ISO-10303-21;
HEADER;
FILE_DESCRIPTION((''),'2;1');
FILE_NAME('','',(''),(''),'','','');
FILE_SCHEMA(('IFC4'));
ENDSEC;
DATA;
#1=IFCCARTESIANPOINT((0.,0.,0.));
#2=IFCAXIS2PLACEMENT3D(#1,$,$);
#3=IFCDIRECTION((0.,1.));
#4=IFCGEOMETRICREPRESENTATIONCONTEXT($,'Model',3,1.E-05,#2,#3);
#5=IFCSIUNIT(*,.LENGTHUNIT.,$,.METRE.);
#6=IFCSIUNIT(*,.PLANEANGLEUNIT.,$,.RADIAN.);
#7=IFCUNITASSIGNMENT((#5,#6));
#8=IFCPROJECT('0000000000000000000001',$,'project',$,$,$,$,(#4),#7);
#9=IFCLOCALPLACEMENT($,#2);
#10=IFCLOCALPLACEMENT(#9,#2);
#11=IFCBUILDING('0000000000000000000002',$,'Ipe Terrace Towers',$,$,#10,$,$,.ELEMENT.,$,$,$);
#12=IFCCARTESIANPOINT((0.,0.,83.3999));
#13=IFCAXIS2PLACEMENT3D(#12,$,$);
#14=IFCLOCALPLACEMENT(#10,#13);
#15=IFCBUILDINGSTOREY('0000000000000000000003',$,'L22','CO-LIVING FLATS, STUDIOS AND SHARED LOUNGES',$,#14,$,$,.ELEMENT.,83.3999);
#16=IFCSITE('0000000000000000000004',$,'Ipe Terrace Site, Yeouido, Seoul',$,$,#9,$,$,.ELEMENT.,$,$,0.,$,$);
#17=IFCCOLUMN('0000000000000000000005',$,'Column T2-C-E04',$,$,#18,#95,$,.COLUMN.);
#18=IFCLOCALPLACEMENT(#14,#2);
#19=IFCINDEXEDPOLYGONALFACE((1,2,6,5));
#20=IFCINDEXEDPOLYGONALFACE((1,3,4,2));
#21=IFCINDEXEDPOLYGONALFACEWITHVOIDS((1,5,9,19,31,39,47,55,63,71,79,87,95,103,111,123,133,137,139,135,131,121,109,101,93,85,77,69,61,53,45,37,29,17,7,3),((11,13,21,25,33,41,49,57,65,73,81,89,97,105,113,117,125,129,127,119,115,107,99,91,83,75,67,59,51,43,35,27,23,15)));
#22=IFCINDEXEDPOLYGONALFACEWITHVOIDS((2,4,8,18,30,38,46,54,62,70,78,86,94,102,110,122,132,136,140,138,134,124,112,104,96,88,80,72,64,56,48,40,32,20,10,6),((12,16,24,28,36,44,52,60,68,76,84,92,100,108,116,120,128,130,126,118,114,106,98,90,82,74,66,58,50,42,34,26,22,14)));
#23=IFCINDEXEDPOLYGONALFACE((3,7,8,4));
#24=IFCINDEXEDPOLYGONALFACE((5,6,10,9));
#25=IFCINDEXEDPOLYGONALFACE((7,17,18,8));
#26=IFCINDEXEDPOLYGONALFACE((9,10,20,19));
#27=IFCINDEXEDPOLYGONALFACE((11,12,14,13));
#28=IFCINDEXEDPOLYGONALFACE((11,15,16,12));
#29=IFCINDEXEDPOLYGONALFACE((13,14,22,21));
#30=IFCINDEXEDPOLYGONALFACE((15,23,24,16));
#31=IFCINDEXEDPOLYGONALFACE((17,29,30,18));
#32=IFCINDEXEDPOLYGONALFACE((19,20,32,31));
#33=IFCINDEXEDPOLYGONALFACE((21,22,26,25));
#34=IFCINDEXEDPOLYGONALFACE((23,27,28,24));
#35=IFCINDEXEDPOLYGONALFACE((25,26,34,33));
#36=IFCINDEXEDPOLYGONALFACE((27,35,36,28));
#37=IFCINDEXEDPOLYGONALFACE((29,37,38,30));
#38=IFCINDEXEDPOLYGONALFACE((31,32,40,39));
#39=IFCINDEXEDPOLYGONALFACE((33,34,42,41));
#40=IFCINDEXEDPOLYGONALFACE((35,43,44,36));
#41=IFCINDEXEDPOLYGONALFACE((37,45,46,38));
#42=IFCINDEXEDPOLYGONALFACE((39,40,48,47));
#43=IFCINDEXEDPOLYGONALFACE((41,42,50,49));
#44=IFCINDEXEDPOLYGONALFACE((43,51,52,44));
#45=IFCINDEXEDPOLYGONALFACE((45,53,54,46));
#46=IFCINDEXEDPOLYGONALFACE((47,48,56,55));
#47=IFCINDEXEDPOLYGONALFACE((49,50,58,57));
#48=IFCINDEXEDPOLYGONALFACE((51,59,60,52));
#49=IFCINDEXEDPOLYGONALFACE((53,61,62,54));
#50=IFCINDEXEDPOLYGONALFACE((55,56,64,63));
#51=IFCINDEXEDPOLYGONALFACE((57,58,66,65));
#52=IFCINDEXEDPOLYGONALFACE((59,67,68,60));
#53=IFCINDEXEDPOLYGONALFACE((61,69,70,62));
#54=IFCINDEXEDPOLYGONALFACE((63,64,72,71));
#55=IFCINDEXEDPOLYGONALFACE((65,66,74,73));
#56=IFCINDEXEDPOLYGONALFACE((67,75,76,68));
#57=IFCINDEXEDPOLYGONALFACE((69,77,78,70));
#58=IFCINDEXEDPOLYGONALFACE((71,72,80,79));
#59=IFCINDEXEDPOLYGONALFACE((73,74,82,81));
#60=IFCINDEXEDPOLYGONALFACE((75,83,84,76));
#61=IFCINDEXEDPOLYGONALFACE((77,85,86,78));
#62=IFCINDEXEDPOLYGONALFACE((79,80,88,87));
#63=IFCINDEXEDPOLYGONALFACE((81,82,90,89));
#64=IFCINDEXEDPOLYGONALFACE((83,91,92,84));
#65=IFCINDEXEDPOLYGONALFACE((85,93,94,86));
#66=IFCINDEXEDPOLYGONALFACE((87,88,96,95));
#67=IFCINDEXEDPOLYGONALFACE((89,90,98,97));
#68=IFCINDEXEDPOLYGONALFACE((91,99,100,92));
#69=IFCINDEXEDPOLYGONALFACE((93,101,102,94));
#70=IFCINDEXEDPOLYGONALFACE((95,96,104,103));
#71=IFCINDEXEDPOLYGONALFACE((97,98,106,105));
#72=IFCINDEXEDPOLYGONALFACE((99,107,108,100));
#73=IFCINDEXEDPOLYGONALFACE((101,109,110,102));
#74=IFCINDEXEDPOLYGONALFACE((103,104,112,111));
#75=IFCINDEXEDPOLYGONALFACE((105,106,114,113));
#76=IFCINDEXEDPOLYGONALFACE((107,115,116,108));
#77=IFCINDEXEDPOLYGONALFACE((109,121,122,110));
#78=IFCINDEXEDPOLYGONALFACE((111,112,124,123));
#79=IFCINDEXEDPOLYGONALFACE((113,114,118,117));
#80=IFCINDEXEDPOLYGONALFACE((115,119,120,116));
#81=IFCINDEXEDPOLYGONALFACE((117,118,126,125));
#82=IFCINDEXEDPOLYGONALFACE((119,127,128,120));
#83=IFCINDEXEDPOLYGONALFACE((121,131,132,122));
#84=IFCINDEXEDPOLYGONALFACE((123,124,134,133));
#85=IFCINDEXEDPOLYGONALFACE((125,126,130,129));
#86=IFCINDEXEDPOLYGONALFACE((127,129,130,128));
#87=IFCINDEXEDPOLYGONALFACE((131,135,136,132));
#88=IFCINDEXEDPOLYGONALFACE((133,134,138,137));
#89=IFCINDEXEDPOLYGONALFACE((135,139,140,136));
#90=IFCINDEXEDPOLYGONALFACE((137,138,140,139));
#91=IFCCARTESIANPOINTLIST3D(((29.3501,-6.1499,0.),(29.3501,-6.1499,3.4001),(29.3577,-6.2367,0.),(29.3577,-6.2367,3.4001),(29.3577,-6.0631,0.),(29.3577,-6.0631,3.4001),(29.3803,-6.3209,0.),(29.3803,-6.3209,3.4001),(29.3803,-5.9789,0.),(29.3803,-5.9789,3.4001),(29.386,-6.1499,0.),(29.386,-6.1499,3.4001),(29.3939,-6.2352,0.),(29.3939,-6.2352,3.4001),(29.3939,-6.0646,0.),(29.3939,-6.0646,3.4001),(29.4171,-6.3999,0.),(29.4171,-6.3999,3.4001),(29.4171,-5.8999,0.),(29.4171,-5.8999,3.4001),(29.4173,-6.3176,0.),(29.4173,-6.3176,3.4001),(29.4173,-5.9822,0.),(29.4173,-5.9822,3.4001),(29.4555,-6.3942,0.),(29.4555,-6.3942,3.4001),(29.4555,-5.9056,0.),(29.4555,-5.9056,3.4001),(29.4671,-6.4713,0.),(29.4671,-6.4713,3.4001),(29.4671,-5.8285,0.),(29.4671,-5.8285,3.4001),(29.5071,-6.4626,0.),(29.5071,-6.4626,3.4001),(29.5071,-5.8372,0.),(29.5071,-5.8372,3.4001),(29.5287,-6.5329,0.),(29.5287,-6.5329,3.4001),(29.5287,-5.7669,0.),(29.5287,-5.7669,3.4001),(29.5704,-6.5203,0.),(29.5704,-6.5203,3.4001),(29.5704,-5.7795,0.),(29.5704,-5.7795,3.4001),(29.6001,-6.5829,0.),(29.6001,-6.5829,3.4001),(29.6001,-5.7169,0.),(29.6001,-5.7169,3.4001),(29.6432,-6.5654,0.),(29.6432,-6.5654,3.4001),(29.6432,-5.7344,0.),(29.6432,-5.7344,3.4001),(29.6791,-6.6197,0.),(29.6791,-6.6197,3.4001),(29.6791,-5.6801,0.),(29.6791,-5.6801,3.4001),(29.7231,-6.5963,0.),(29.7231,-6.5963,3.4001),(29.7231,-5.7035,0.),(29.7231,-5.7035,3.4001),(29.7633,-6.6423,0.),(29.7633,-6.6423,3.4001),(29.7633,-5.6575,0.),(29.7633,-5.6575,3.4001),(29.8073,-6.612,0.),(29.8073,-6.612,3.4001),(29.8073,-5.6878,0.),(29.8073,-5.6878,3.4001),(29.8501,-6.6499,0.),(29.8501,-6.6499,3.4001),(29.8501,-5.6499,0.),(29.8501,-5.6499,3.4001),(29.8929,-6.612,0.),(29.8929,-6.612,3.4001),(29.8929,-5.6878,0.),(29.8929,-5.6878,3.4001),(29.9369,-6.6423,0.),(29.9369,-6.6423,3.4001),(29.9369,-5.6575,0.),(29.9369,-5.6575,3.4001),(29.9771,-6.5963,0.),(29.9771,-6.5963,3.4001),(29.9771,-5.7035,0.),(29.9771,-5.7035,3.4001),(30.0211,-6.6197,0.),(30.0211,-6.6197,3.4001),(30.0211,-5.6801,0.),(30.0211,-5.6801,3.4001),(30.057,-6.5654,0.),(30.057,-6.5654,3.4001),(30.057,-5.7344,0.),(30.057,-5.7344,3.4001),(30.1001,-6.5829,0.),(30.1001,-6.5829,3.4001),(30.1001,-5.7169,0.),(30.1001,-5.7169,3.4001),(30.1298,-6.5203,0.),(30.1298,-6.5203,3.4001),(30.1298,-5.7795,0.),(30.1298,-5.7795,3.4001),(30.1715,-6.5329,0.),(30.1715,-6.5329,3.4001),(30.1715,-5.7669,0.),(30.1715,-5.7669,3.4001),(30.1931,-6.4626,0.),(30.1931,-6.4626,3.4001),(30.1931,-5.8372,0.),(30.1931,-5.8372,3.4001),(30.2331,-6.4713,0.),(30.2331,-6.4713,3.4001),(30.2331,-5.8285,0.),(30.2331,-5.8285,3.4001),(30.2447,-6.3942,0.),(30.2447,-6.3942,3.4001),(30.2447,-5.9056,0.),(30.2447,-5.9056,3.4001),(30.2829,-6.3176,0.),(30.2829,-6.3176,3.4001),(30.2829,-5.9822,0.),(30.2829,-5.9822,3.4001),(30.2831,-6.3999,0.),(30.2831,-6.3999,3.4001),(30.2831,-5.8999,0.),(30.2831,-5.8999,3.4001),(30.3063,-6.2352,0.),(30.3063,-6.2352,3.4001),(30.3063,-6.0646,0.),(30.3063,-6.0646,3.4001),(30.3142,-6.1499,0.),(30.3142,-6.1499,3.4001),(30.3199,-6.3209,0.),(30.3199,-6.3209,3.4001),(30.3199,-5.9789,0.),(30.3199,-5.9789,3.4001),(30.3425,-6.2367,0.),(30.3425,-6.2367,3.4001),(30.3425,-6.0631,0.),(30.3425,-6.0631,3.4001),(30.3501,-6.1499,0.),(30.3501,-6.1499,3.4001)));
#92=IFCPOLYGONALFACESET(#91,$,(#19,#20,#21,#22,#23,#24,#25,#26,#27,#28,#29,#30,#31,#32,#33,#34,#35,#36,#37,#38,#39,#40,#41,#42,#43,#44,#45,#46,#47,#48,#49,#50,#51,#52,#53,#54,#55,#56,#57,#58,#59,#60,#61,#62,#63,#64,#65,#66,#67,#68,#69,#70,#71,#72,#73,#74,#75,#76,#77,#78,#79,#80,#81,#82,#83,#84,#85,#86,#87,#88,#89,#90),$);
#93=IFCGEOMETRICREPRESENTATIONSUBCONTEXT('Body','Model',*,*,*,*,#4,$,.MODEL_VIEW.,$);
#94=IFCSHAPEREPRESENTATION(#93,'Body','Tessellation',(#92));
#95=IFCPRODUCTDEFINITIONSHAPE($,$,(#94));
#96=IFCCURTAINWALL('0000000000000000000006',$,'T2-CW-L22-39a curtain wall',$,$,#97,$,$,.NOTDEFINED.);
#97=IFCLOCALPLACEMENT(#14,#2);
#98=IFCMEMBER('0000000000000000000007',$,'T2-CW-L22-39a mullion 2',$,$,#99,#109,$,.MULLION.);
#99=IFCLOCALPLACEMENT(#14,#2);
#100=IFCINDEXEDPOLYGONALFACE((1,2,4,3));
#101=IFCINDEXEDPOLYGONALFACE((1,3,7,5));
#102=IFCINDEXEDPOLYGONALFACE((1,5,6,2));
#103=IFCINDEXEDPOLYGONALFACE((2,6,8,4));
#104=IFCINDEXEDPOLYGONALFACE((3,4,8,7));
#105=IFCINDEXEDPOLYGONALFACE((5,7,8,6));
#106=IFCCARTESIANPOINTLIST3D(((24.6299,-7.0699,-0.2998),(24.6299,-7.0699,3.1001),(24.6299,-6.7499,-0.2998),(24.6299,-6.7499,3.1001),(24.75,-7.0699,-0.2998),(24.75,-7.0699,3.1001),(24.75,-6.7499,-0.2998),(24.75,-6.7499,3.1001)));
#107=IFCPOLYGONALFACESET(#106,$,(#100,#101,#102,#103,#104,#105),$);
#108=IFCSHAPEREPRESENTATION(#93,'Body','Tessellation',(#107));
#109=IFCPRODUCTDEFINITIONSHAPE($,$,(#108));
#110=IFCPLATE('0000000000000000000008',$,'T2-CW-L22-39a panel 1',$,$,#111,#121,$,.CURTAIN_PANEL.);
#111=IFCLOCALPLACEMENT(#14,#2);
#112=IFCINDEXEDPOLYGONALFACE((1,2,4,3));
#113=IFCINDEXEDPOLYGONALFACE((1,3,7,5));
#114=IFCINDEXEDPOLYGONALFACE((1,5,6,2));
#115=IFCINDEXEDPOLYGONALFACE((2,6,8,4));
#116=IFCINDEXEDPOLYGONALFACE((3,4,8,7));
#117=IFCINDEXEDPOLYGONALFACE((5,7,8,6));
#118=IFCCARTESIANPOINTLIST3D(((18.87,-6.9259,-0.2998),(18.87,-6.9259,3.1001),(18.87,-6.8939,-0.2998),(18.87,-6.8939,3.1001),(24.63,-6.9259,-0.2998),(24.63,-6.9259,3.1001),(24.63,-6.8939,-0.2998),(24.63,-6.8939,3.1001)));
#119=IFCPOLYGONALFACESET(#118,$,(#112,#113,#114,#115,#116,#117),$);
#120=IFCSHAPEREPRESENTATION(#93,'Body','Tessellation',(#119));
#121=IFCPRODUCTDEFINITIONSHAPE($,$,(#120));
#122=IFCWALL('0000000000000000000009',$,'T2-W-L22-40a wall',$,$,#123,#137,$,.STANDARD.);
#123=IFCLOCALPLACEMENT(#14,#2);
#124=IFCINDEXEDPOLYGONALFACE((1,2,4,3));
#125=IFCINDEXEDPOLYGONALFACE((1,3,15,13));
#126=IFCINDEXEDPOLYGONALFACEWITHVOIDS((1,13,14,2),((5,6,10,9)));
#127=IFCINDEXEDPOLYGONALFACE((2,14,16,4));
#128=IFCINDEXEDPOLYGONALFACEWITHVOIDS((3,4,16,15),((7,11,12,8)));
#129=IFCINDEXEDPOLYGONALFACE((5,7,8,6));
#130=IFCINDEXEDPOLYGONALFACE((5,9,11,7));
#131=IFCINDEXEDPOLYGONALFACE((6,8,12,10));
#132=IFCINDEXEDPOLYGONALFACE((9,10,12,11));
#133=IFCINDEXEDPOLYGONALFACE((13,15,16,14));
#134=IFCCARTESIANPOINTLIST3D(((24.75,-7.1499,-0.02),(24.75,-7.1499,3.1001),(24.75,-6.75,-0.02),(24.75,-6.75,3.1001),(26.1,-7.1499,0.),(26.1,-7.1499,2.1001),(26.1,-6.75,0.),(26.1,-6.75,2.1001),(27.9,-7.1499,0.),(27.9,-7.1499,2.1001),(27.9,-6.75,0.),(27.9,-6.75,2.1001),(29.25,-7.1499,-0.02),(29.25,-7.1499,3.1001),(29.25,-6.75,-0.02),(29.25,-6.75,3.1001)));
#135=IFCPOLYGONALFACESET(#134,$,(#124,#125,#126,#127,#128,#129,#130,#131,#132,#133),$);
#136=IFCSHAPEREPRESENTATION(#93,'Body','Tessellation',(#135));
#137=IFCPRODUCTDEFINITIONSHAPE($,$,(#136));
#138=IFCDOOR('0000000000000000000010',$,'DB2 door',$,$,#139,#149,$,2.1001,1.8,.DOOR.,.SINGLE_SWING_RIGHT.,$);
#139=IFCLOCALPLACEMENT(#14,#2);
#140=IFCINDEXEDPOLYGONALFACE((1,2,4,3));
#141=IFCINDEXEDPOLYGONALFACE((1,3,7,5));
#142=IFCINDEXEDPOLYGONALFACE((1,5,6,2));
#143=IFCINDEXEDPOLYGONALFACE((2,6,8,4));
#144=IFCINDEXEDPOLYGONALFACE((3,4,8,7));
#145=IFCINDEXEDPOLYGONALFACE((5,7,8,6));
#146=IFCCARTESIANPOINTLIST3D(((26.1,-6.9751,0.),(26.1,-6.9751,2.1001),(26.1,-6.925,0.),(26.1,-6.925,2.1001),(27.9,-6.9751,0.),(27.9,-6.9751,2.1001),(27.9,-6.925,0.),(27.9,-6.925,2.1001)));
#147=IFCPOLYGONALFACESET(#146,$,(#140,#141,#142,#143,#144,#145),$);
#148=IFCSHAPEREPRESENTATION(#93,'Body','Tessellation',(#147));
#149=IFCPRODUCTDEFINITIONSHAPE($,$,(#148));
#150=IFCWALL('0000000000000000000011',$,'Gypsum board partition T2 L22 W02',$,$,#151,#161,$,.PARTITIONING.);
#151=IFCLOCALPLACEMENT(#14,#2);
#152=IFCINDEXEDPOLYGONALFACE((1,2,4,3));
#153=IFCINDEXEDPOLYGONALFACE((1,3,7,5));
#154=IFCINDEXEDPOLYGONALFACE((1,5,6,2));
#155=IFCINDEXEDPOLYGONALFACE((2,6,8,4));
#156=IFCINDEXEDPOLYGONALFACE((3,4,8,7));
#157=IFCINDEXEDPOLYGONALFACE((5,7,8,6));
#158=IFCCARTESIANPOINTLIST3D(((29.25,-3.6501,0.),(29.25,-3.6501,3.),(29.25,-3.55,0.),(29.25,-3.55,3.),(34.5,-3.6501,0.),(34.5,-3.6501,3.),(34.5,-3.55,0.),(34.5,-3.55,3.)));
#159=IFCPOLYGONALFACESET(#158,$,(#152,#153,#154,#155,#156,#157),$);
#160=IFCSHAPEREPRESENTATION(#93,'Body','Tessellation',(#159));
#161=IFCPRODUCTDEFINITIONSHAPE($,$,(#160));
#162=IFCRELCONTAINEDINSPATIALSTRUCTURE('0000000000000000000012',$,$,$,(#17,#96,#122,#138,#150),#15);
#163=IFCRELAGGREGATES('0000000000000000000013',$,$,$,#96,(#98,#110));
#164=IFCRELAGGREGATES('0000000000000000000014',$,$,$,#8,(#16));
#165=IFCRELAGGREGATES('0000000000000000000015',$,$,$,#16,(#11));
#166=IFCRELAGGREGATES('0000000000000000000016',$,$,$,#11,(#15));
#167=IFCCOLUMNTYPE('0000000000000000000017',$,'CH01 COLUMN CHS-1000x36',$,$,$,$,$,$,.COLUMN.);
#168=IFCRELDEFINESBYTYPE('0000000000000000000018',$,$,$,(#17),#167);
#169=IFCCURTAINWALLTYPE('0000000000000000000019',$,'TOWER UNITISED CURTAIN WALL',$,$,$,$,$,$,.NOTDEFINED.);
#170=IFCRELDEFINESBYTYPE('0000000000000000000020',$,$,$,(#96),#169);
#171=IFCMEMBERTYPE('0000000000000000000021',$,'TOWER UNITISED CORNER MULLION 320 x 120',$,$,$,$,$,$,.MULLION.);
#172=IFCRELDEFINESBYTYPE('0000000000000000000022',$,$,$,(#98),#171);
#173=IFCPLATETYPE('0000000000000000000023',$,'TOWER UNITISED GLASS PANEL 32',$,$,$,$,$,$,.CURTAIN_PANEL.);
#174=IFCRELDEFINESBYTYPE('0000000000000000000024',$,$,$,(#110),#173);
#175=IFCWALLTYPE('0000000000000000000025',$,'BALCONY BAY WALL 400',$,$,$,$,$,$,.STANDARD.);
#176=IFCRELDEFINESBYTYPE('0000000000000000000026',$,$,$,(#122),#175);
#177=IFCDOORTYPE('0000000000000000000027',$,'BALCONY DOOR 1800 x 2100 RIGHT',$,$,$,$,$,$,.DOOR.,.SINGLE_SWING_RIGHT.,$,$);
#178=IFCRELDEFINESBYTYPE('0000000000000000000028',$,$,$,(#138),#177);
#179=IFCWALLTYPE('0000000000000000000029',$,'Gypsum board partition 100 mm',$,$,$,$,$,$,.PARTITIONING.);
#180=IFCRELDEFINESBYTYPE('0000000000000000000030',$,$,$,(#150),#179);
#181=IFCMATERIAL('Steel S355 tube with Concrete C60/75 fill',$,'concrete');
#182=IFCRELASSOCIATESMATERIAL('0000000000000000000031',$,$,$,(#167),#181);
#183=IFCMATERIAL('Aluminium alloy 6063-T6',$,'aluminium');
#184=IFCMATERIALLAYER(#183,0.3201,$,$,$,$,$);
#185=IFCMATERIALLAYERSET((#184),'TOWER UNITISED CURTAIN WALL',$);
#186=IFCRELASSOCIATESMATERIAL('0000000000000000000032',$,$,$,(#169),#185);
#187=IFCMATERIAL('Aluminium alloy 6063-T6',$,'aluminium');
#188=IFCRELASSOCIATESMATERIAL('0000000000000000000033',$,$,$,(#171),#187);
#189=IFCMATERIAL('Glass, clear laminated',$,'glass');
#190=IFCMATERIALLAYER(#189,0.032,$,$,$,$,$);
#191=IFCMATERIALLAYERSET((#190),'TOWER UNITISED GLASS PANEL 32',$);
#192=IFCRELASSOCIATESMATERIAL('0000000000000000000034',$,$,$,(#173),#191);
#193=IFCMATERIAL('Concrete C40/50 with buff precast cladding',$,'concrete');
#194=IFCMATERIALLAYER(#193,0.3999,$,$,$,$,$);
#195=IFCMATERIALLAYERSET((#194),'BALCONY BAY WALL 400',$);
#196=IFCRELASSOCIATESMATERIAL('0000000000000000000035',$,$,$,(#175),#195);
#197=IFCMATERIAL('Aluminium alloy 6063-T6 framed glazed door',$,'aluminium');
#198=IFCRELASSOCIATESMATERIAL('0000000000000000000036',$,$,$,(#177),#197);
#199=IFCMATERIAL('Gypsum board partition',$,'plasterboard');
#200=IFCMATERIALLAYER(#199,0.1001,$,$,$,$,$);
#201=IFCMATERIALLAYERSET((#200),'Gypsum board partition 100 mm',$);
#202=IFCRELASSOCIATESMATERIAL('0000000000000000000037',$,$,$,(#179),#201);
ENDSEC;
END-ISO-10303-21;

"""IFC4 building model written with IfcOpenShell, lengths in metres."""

from ifc_helpers import new_model, si_unit, direction, frame, frame_2d, origin, origin_2d, place, context, subcontext, project, spatial, rectangle, hollow_circle, extrude, material, layer, layer_set, material_profile, profile_set, type_object, element, fill, aggregate, save


model = new_model("IFC4")

# Units and contexts
model_context = context("Model", 3, precision=1e-05, world=origin(), true_north=direction((0.0, 1.0)))
body_context = subcontext(model_context, "Body", "Model", "MODEL_VIEW")
ifc_project = project(units=[si_unit("LENGTHUNIT", "METRE"), si_unit("PLANEANGLEUNIT", "RADIAN")], contexts=[model_context])

# Site, building, storey
site_placement = place(None, origin())
site = spatial("IfcSite", under=ifc_project, at=site_placement, Name="Ipe Terrace Site, Yeouido, Seoul", CompositionType="ELEMENT", RefElevation=0.0)
building_placement = place(site_placement, origin())
building = spatial("IfcBuilding", under=site, at=building_placement, Name="Ipe Terrace Towers", CompositionType="ELEMENT")
storey_placement = place(building_placement, frame((0.0, 0.0, 83.3999)))
storey = spatial("IfcBuildingStorey", under=building, at=storey_placement, Name="L22", Description="CO-LIVING FLATS, STUDIOS AND SHARED LOUNGES", CompositionType="ELEMENT", Elevation=83.3999)

# Column
ifc_material_1 = material(Name="Steel S355 tube with Concrete C60/75 fill", Category="concrete")
ifc_material_profile_1 = material_profile(ifc_material_1, hollow_circle(Radius=0.5, WallThickness=0.0359, at=origin_2d()), Name="CHS-1000x36")
ifc_profile_set_1 = profile_set([ifc_material_profile_1], Name="Steel S355 tube with Concrete C60/75 fill")
column_type = type_object("IfcColumnType", Name="CH01 COLUMN CHS-1000x36", PredefinedType="COLUMN", material=ifc_profile_set_1)
column_placement = place(storey_placement, frame((29.8501, -6.1499, 0.0), z_axis=(0.0, 0.0, 1.0), x_axis=(1.0, 0.0, 0.0)))
element("IfcColumn", 1, at=column_placement, inside=storey, type_object=column_type, Name="Column T2-C-E04", PredefinedType="COLUMN", context=body_context, shape_type="SweptSolid", body=[
    extrude(hollow_circle(Radius=0.5, WallThickness=0.0359, at=origin_2d()), origin(), (0.0, 0.0, 1.0), 3.4001),
])

# Curtain wall, member, plate
ifc_material_2 = material(Name="Aluminium alloy 6063-T6", Category="aluminium")
ifc_layer_1 = layer(ifc_material_2, 0.3201)
ifc_layer_set_1 = layer_set([ifc_layer_1], Name="TOWER UNITISED CURTAIN WALL")
curtain_wall_type = type_object("IfcCurtainWallType", Name="TOWER UNITISED CURTAIN WALL", PredefinedType="NOTDEFINED", material=ifc_layer_set_1)
curtain_wall_placement = place(storey_placement, origin())
curtain_wall = element("IfcCurtainWall", 2, at=curtain_wall_placement, inside=storey, type_object=curtain_wall_type, Name="T2-CW-L22-39a curtain wall", PredefinedType="NOTDEFINED")
ifc_material_3 = material(Name="Aluminium alloy 6063-T6", Category="aluminium")
ifc_material_profile_2 = material_profile(ifc_material_3, rectangle(XDim=0.3201, YDim=0.1201, at=origin_2d()), Name="TOWER UNITISED CORNER MULLION 320 x 120")
ifc_profile_set_2 = profile_set([ifc_material_profile_2], Name="Aluminium alloy 6063-T6")
member_type = type_object("IfcMemberType", Name="TOWER UNITISED CORNER MULLION 320 x 120", PredefinedType="MULLION", material=ifc_profile_set_2)
member_placement = place(storey_placement, frame((24.6899, -6.9099, -0.2998), z_axis=(0.0, 0.0, 1.0), x_axis=(0.0, -1.0, 0.0)))
member = element("IfcMember", 3, at=member_placement, type_object=member_type, Name="T2-CW-L22-39a mullion 2", PredefinedType="MULLION", context=body_context, shape_type="SweptSolid", body=[
    extrude(rectangle(XDim=0.3201, YDim=0.1201, at=origin_2d()), origin(), (0.0, 0.0, 1.0), 3.3999),
])
ifc_material_4 = material(Name="Glass, clear laminated", Category="glass")
ifc_layer_2 = layer(ifc_material_4, 0.032)
ifc_layer_set_2 = layer_set([ifc_layer_2], Name="TOWER UNITISED GLASS PANEL 32")
plate_type = type_object("IfcPlateType", Name="TOWER UNITISED GLASS PANEL 32", PredefinedType="CURTAIN_PANEL", material=ifc_layer_set_2)
plate_placement = place(storey_placement, frame((21.75, -6.9099, -0.2998), z_axis=(0.0, 0.0, 1.0), x_axis=(1.0, 0.0, 0.0)))
plate = element("IfcPlate", 4, at=plate_placement, type_object=plate_type, Name="T2-CW-L22-39a panel 1", PredefinedType="CURTAIN_PANEL", context=body_context, shape_type="SweptSolid", body=[
    extrude(rectangle(XDim=5.76, YDim=0.032, at=origin_2d()), origin(), (0.0, 0.0, 1.0), 3.3999),
])
aggregate(curtain_wall, [member, plate])

# Wall, opening, door
ifc_material_5 = material(Name="Concrete C40/50 with buff precast cladding", Category="concrete")
ifc_layer_3 = layer(ifc_material_5, 0.3999)
ifc_layer_set_3 = layer_set([ifc_layer_3], Name="BALCONY BAY WALL 400")
wall_type_1 = type_object("IfcWallType", Name="BALCONY BAY WALL 400", PredefinedType="STANDARD", material=ifc_layer_set_3)
wall_1_placement = place(storey_placement, frame((24.75, -6.95, -0.02), z_axis=(0.0, 0.0, 1.0), x_axis=(1.0, 0.0, 0.0)))
wall_1 = element("IfcWall", 5, at=wall_1_placement, inside=storey, type_object=wall_type_1, Name="T2-W-L22-40a wall", PredefinedType="STANDARD", context=body_context, shape_type="SweptSolid", body=[
    extrude(rectangle(XDim=4.5, YDim=0.3999, at=frame_2d((2.25, 0.0))), origin(), (0.0, 0.0, 1.0), 3.1201),
])
opening_1_placement = place(wall_1_placement, frame((1.3501, 0.0, 0.02)))
opening_1 = element("IfcOpeningElement", 6, at=opening_1_placement, cuts=wall_1, PredefinedType="OPENING", context=body_context, shape_type="SweptSolid", body=[
    extrude(rectangle(XDim=1.8, YDim=2.1001, at=frame_2d((0.8999, 1.05))), frame((0.0, 0.21, 0.0), z_axis=(0.0, -1.0, 0.0), x_axis=(1.0, 0.0, 0.0)), (0.0, 0.0, 1.0), 0.4199),
])
ifc_material_6 = material(Name="Aluminium alloy 6063-T6 framed glazed door", Category="aluminium")
door_type_1 = type_object("IfcDoorType", Name="BALCONY DOOR 1800 x 2100 RIGHT", OperationType="SINGLE_SWING_RIGHT", PredefinedType="DOOR", material=ifc_material_6)
door_1_placement = place(opening_1_placement, origin())
door_1 = element("IfcDoor", 7, at=door_1_placement, inside=storey, type_object=door_type_1, Name="DB2 door", OperationType="SINGLE_SWING_RIGHT", OverallHeight=2.1001, OverallWidth=1.8, PredefinedType="DOOR", context=body_context, shape_type="SweptSolid", body=[
    extrude(rectangle(XDim=1.8, YDim=2.1001, at=frame_2d((0.8999, 1.05))), frame((0.0, 0.0249, 0.0), z_axis=(0.0, -1.0, 0.0), x_axis=(1.0, 0.0, 0.0)), (0.0, 0.0, 1.0), 0.05),
])
fill(opening_1, door_1)

# Wall
ifc_material_7 = material(Name="Gypsum board partition", Category="plasterboard")
ifc_layer_4 = layer(ifc_material_7, 0.1001)
ifc_layer_set_4 = layer_set([ifc_layer_4], Name="Gypsum board partition 100 mm")
wall_type_2 = type_object("IfcWallType", Name="Gypsum board partition 100 mm", PredefinedType="PARTITIONING", material=ifc_layer_set_4)
wall_2_placement = place(storey_placement, frame((34.5, -3.6001, 0.0), z_axis=(0.0, 0.0, 1.0), x_axis=(-1.0, 0.0, 0.0)))
element("IfcWall", 8, at=wall_2_placement, inside=storey, type_object=wall_type_2, Name="Gypsum board partition T2 L22 W02", PredefinedType="PARTITIONING", context=body_context, shape_type="SweptSolid", body=[
    extrude(rectangle(XDim=5.25, YDim=0.1001, at=frame_2d((2.625, 0.0))), origin(), (0.0, 0.0, 1.0), 3.0),
])

save(model, "model.ifc")
